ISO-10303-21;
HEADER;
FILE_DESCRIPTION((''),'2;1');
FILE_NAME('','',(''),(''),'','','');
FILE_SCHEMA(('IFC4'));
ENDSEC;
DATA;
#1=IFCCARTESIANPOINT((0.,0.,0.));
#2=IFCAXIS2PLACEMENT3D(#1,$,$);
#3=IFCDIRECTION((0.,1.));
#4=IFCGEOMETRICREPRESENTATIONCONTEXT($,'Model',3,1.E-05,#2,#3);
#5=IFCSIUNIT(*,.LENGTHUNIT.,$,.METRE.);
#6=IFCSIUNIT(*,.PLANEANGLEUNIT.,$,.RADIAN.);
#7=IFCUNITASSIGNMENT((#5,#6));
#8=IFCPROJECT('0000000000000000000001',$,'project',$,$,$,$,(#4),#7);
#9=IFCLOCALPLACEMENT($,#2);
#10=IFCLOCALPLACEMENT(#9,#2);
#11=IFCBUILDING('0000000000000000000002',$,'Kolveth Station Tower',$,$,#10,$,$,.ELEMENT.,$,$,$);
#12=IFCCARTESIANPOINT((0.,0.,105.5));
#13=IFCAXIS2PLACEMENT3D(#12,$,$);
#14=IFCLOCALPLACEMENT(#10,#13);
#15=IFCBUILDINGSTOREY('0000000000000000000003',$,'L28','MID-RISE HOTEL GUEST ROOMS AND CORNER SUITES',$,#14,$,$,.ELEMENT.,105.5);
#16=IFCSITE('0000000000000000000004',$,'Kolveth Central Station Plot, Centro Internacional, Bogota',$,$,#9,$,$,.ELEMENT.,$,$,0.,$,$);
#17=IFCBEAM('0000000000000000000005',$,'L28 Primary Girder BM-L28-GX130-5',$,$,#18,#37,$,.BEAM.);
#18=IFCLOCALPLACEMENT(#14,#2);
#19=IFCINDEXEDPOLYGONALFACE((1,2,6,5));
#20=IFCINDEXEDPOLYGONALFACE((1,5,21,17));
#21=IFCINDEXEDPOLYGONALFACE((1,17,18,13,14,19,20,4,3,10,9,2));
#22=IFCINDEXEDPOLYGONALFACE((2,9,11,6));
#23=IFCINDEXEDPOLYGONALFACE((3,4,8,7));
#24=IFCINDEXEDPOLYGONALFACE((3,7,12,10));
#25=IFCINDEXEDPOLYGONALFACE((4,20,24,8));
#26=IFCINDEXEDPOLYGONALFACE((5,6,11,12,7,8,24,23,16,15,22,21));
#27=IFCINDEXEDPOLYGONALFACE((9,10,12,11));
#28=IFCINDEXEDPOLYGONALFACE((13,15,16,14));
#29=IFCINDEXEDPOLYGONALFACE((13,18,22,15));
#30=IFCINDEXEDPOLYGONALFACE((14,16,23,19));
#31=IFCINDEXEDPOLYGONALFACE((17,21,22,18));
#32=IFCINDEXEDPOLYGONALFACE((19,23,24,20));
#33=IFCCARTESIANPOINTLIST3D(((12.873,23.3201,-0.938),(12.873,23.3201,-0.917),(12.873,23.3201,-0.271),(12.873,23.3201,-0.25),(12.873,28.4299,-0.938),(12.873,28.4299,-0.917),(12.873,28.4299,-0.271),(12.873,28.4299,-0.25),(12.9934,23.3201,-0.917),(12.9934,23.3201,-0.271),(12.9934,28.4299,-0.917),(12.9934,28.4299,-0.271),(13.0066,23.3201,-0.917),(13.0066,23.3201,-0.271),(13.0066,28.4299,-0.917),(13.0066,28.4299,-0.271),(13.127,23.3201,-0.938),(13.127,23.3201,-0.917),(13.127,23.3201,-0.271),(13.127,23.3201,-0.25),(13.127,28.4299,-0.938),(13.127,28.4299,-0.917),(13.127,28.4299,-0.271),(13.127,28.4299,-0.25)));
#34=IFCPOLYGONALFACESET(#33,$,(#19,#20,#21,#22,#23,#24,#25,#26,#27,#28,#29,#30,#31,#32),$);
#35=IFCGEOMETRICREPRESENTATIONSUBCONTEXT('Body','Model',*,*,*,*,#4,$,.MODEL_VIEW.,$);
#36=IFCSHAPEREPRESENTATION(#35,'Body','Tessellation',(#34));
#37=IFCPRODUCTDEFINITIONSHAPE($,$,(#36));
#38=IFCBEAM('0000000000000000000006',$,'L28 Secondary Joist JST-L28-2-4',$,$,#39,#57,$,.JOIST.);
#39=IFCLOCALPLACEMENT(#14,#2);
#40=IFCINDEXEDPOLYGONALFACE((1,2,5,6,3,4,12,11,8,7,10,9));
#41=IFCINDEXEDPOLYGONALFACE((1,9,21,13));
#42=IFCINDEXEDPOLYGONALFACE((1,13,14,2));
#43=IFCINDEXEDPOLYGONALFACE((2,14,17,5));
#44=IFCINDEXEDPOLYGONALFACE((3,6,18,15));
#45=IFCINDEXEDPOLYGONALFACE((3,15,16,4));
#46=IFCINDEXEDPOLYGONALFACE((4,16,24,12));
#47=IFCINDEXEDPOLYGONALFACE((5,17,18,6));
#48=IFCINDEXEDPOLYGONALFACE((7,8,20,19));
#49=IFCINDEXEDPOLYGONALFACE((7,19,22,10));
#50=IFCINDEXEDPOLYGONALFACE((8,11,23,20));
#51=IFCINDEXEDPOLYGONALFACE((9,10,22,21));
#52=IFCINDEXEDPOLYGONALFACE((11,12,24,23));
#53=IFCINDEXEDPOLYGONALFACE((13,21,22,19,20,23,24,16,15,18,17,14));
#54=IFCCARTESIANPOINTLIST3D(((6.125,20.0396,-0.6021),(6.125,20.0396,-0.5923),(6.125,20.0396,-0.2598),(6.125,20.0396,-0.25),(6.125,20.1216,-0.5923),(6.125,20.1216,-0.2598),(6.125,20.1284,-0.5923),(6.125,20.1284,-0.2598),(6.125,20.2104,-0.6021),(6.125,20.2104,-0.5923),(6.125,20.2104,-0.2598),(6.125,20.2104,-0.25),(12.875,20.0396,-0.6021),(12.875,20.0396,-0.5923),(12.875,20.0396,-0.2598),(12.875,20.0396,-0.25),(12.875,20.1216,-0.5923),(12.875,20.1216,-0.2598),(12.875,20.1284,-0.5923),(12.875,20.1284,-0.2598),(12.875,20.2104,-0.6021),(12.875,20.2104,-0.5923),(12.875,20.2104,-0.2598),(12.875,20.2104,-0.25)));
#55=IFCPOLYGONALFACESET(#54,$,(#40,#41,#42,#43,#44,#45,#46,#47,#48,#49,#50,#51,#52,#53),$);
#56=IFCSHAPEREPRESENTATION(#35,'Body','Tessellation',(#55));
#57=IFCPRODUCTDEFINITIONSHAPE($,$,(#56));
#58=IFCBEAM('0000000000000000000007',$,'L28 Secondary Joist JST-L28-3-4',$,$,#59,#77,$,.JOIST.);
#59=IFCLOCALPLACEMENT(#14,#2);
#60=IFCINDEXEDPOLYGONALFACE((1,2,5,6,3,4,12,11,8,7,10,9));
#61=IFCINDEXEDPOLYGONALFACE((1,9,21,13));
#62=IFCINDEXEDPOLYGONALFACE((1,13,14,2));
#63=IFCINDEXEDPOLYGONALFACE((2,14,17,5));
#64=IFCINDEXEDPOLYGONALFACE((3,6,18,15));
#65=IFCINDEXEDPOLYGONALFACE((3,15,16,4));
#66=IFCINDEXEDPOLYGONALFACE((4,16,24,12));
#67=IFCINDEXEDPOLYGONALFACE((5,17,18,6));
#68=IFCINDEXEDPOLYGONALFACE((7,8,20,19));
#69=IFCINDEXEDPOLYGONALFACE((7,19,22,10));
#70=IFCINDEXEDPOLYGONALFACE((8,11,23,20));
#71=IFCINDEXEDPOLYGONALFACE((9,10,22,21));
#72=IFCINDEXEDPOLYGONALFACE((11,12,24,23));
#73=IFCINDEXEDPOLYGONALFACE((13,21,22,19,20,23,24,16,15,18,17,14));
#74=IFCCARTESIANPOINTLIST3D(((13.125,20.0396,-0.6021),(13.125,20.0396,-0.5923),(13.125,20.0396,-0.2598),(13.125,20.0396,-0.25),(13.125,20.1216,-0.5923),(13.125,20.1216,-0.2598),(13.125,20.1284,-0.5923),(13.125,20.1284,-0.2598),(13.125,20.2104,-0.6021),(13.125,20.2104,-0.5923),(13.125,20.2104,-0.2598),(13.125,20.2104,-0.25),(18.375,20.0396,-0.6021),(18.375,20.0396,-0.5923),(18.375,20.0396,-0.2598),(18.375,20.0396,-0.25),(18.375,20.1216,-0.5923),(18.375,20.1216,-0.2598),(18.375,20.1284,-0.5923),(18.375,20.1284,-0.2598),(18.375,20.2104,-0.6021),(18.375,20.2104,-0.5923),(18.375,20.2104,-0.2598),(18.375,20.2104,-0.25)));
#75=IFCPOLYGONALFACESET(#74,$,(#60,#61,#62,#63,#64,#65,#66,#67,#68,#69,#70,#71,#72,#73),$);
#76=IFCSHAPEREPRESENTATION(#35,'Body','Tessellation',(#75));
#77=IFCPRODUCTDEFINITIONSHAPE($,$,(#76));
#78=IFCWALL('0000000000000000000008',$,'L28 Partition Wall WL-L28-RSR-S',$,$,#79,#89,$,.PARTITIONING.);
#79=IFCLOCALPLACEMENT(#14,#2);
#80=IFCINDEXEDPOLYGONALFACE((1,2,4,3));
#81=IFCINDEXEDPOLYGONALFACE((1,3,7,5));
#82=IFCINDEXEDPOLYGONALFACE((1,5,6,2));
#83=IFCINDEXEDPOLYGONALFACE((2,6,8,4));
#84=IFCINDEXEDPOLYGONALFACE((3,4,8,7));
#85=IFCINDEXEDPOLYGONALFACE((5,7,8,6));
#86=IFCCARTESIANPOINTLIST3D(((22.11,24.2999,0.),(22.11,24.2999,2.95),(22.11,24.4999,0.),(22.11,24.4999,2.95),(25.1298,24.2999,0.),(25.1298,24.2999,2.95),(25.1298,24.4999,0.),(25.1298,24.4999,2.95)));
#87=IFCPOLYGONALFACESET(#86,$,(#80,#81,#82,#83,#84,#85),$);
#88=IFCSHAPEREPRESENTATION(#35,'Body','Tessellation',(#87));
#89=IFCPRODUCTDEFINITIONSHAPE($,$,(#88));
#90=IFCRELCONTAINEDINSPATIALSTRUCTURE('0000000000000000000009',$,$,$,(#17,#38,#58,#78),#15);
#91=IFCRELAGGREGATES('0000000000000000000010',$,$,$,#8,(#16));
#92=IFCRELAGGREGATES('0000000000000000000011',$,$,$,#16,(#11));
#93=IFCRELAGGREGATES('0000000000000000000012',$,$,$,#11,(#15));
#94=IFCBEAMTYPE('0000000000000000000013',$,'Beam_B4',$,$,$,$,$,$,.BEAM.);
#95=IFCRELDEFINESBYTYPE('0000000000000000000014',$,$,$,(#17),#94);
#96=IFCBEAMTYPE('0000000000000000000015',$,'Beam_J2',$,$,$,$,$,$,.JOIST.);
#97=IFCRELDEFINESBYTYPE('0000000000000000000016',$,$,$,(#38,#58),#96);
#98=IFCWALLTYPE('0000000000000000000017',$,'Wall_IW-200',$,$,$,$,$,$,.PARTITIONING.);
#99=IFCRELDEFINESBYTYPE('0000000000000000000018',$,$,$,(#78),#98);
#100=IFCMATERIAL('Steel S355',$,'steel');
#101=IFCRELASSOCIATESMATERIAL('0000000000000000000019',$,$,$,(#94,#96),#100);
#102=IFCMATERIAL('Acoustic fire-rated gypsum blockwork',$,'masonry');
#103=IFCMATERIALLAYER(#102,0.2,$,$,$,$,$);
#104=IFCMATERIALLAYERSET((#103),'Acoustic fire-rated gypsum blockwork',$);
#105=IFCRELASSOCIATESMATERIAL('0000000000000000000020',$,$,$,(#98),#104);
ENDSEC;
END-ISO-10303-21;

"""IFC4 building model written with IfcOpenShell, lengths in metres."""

from ifc_helpers import new_model, si_unit, direction, frame, frame_2d, origin, origin_2d, place, context, subcontext, project, spatial, rectangle, i_section, extrude, source, transform, mapped, material, layer, layer_set, material_profile, profile_set, type_object, element, save


model = new_model("IFC4")

# Units and contexts
model_context = context("Model", 3, precision=1e-05, world=origin(), true_north=direction((0.0, 1.0)))
body_context = subcontext(model_context, "Body", "Model", "MODEL_VIEW")
ifc_project = project(units=[si_unit("LENGTHUNIT", "METRE"), si_unit("PLANEANGLEUNIT", "RADIAN")], contexts=[model_context])

# Site, building, storey
site_placement = place(None, origin())
site = spatial("IfcSite", under=ifc_project, at=site_placement, Name="Kolveth Central Station Plot, Centro Internacional, Bogota", CompositionType="ELEMENT", RefElevation=0.0)
building_placement = place(site_placement, origin())
building = spatial("IfcBuilding", under=site, at=building_placement, Name="Kolveth Station Tower", CompositionType="ELEMENT")
storey_placement = place(building_placement, frame((0.0, 0.0, 105.5)))
storey = spatial("IfcBuildingStorey", under=building, at=storey_placement, Name="L28", Description="MID-RISE HOTEL GUEST ROOMS AND CORNER SUITES", CompositionType="ELEMENT", Elevation=105.5)

# Shared definitions
ifc_material_1 = material(Name="Steel S355", Category="steel")

# Beams
ifc_material_profile_1 = material_profile(ifc_material_1, i_section(OverallWidth=0.2539, OverallDepth=0.688, WebThickness=0.0132, FlangeThickness=0.021, at=origin_2d()), Name="W690x152")
ifc_profile_set_1 = profile_set([ifc_material_profile_1], Name="Steel S355")
beam_type_1 = type_object("IfcBeamType", Name="Beam_B4", PredefinedType="BEAM", material=ifc_profile_set_1)
shared_shape_1 = source(origin(), body_context, "Body", "SweptSolid", [
    extrude(i_section(OverallWidth=0.2539, OverallDepth=0.688, WebThickness=0.0132, FlangeThickness=0.021, at=origin_2d()), origin(), (0.0, 0.0, 1.0), 5.1099),
])
for number, where, z_axis, x_axis, name in (
    (1, (13.0, 23.3201, -0.594), (0.0, 1.0, 0.0), (-1.0, 0.0, 0.0), "L28 Primary Girder BM-L28-GX130-5"),
):
    element("IfcBeam", number, at=place(storey_placement, frame(where, z_axis=z_axis, x_axis=x_axis)), inside=storey, type_object=beam_type_1, Name=name, PredefinedType="BEAM", context=body_context, shape_type="MappedRepresentation", body=[
        mapped(shared_shape_1, transform((0.0, 0.0, 0.0), x_axis=(1.0, 0.0, 0.0), y_axis=(0.0, 1.0, 0.0), z_axis=(0.0, 0.0, 1.0), scale=1.0)),
    ])
ifc_material_profile_2 = material_profile(ifc_material_1, i_section(OverallWidth=0.1709, OverallDepth=0.3521, WebThickness=0.0068, FlangeThickness=0.0098, at=origin_2d()), Name="W360x44")
ifc_profile_set_2 = profile_set([ifc_material_profile_2], Name="Steel S355")
beam_type_2 = type_object("IfcBeamType", Name="Beam_J2", PredefinedType="JOIST", material=ifc_profile_set_2)
shared_shape_2 = source(origin(), body_context, "Body", "SweptSolid", [
    extrude(i_section(OverallWidth=0.1709, OverallDepth=0.3521, WebThickness=0.0068, FlangeThickness=0.0098, at=origin_2d()), origin(), (0.0, 0.0, 1.0), 6.75),
])
beam_1_placement = place(storey_placement, frame((6.125, 20.125, -0.426), z_axis=(1.0, 0.0, 0.0), x_axis=(0.0, 1.0, 0.0)))
element("IfcBeam", 2, at=beam_1_placement, inside=storey, type_object=beam_type_2, Name="L28 Secondary Joist JST-L28-2-4", PredefinedType="JOIST", context=body_context, shape_type="MappedRepresentation", body=[
    mapped(shared_shape_2, transform((0.0, 0.0, 0.0), x_axis=(1.0, 0.0, 0.0), y_axis=(0.0, 1.0, 0.0), z_axis=(0.0, 0.0, 1.0), scale=1.0)),
])
shared_shape_3 = source(origin(), body_context, "Body", "SweptSolid", [
    extrude(i_section(OverallWidth=0.1709, OverallDepth=0.3521, WebThickness=0.0068, FlangeThickness=0.0098, at=origin_2d()), origin(), (0.0, 0.0, 1.0), 5.25),
])
beam_2_placement = place(storey_placement, frame((13.125, 20.125, -0.426), z_axis=(1.0, 0.0, 0.0), x_axis=(0.0, 1.0, 0.0)))
element("IfcBeam", 3, at=beam_2_placement, inside=storey, type_object=beam_type_2, Name="L28 Secondary Joist JST-L28-3-4", PredefinedType="JOIST", context=body_context, shape_type="MappedRepresentation", body=[
    mapped(shared_shape_3, transform((0.0, 0.0, 0.0), x_axis=(1.0, 0.0, 0.0), y_axis=(0.0, 1.0, 0.0), z_axis=(0.0, 0.0, 1.0), scale=1.0)),
])

# Wall
ifc_material_2 = material(Name="Acoustic fire-rated gypsum blockwork", Category="masonry")
ifc_layer_1 = layer(ifc_material_2, 0.2)
ifc_layer_set_1 = layer_set([ifc_layer_1], Name="Acoustic fire-rated gypsum blockwork")
wall_type_1 = type_object("IfcWallType", Name="Wall_IW-200", PredefinedType="PARTITIONING", material=ifc_layer_set_1)
wall_1_placement = place(storey_placement, frame((22.1101, 24.3999, 0.0), z_axis=(0.0, 0.0, 1.0), x_axis=(1.0, 0.0, 0.0)))
element("IfcWall", 4, at=wall_1_placement, inside=storey, type_object=wall_type_1, Name="L28 Partition Wall WL-L28-RSR-S", PredefinedType="PARTITIONING", context=body_context, shape_type="SweptSolid", body=[
    extrude(rectangle(XDim=3.0198, YDim=0.2, at=frame_2d((1.5098, 0.0))), origin(), (0.0, 0.0, 1.0), 2.95),
])

save(model, "model.ifc")
